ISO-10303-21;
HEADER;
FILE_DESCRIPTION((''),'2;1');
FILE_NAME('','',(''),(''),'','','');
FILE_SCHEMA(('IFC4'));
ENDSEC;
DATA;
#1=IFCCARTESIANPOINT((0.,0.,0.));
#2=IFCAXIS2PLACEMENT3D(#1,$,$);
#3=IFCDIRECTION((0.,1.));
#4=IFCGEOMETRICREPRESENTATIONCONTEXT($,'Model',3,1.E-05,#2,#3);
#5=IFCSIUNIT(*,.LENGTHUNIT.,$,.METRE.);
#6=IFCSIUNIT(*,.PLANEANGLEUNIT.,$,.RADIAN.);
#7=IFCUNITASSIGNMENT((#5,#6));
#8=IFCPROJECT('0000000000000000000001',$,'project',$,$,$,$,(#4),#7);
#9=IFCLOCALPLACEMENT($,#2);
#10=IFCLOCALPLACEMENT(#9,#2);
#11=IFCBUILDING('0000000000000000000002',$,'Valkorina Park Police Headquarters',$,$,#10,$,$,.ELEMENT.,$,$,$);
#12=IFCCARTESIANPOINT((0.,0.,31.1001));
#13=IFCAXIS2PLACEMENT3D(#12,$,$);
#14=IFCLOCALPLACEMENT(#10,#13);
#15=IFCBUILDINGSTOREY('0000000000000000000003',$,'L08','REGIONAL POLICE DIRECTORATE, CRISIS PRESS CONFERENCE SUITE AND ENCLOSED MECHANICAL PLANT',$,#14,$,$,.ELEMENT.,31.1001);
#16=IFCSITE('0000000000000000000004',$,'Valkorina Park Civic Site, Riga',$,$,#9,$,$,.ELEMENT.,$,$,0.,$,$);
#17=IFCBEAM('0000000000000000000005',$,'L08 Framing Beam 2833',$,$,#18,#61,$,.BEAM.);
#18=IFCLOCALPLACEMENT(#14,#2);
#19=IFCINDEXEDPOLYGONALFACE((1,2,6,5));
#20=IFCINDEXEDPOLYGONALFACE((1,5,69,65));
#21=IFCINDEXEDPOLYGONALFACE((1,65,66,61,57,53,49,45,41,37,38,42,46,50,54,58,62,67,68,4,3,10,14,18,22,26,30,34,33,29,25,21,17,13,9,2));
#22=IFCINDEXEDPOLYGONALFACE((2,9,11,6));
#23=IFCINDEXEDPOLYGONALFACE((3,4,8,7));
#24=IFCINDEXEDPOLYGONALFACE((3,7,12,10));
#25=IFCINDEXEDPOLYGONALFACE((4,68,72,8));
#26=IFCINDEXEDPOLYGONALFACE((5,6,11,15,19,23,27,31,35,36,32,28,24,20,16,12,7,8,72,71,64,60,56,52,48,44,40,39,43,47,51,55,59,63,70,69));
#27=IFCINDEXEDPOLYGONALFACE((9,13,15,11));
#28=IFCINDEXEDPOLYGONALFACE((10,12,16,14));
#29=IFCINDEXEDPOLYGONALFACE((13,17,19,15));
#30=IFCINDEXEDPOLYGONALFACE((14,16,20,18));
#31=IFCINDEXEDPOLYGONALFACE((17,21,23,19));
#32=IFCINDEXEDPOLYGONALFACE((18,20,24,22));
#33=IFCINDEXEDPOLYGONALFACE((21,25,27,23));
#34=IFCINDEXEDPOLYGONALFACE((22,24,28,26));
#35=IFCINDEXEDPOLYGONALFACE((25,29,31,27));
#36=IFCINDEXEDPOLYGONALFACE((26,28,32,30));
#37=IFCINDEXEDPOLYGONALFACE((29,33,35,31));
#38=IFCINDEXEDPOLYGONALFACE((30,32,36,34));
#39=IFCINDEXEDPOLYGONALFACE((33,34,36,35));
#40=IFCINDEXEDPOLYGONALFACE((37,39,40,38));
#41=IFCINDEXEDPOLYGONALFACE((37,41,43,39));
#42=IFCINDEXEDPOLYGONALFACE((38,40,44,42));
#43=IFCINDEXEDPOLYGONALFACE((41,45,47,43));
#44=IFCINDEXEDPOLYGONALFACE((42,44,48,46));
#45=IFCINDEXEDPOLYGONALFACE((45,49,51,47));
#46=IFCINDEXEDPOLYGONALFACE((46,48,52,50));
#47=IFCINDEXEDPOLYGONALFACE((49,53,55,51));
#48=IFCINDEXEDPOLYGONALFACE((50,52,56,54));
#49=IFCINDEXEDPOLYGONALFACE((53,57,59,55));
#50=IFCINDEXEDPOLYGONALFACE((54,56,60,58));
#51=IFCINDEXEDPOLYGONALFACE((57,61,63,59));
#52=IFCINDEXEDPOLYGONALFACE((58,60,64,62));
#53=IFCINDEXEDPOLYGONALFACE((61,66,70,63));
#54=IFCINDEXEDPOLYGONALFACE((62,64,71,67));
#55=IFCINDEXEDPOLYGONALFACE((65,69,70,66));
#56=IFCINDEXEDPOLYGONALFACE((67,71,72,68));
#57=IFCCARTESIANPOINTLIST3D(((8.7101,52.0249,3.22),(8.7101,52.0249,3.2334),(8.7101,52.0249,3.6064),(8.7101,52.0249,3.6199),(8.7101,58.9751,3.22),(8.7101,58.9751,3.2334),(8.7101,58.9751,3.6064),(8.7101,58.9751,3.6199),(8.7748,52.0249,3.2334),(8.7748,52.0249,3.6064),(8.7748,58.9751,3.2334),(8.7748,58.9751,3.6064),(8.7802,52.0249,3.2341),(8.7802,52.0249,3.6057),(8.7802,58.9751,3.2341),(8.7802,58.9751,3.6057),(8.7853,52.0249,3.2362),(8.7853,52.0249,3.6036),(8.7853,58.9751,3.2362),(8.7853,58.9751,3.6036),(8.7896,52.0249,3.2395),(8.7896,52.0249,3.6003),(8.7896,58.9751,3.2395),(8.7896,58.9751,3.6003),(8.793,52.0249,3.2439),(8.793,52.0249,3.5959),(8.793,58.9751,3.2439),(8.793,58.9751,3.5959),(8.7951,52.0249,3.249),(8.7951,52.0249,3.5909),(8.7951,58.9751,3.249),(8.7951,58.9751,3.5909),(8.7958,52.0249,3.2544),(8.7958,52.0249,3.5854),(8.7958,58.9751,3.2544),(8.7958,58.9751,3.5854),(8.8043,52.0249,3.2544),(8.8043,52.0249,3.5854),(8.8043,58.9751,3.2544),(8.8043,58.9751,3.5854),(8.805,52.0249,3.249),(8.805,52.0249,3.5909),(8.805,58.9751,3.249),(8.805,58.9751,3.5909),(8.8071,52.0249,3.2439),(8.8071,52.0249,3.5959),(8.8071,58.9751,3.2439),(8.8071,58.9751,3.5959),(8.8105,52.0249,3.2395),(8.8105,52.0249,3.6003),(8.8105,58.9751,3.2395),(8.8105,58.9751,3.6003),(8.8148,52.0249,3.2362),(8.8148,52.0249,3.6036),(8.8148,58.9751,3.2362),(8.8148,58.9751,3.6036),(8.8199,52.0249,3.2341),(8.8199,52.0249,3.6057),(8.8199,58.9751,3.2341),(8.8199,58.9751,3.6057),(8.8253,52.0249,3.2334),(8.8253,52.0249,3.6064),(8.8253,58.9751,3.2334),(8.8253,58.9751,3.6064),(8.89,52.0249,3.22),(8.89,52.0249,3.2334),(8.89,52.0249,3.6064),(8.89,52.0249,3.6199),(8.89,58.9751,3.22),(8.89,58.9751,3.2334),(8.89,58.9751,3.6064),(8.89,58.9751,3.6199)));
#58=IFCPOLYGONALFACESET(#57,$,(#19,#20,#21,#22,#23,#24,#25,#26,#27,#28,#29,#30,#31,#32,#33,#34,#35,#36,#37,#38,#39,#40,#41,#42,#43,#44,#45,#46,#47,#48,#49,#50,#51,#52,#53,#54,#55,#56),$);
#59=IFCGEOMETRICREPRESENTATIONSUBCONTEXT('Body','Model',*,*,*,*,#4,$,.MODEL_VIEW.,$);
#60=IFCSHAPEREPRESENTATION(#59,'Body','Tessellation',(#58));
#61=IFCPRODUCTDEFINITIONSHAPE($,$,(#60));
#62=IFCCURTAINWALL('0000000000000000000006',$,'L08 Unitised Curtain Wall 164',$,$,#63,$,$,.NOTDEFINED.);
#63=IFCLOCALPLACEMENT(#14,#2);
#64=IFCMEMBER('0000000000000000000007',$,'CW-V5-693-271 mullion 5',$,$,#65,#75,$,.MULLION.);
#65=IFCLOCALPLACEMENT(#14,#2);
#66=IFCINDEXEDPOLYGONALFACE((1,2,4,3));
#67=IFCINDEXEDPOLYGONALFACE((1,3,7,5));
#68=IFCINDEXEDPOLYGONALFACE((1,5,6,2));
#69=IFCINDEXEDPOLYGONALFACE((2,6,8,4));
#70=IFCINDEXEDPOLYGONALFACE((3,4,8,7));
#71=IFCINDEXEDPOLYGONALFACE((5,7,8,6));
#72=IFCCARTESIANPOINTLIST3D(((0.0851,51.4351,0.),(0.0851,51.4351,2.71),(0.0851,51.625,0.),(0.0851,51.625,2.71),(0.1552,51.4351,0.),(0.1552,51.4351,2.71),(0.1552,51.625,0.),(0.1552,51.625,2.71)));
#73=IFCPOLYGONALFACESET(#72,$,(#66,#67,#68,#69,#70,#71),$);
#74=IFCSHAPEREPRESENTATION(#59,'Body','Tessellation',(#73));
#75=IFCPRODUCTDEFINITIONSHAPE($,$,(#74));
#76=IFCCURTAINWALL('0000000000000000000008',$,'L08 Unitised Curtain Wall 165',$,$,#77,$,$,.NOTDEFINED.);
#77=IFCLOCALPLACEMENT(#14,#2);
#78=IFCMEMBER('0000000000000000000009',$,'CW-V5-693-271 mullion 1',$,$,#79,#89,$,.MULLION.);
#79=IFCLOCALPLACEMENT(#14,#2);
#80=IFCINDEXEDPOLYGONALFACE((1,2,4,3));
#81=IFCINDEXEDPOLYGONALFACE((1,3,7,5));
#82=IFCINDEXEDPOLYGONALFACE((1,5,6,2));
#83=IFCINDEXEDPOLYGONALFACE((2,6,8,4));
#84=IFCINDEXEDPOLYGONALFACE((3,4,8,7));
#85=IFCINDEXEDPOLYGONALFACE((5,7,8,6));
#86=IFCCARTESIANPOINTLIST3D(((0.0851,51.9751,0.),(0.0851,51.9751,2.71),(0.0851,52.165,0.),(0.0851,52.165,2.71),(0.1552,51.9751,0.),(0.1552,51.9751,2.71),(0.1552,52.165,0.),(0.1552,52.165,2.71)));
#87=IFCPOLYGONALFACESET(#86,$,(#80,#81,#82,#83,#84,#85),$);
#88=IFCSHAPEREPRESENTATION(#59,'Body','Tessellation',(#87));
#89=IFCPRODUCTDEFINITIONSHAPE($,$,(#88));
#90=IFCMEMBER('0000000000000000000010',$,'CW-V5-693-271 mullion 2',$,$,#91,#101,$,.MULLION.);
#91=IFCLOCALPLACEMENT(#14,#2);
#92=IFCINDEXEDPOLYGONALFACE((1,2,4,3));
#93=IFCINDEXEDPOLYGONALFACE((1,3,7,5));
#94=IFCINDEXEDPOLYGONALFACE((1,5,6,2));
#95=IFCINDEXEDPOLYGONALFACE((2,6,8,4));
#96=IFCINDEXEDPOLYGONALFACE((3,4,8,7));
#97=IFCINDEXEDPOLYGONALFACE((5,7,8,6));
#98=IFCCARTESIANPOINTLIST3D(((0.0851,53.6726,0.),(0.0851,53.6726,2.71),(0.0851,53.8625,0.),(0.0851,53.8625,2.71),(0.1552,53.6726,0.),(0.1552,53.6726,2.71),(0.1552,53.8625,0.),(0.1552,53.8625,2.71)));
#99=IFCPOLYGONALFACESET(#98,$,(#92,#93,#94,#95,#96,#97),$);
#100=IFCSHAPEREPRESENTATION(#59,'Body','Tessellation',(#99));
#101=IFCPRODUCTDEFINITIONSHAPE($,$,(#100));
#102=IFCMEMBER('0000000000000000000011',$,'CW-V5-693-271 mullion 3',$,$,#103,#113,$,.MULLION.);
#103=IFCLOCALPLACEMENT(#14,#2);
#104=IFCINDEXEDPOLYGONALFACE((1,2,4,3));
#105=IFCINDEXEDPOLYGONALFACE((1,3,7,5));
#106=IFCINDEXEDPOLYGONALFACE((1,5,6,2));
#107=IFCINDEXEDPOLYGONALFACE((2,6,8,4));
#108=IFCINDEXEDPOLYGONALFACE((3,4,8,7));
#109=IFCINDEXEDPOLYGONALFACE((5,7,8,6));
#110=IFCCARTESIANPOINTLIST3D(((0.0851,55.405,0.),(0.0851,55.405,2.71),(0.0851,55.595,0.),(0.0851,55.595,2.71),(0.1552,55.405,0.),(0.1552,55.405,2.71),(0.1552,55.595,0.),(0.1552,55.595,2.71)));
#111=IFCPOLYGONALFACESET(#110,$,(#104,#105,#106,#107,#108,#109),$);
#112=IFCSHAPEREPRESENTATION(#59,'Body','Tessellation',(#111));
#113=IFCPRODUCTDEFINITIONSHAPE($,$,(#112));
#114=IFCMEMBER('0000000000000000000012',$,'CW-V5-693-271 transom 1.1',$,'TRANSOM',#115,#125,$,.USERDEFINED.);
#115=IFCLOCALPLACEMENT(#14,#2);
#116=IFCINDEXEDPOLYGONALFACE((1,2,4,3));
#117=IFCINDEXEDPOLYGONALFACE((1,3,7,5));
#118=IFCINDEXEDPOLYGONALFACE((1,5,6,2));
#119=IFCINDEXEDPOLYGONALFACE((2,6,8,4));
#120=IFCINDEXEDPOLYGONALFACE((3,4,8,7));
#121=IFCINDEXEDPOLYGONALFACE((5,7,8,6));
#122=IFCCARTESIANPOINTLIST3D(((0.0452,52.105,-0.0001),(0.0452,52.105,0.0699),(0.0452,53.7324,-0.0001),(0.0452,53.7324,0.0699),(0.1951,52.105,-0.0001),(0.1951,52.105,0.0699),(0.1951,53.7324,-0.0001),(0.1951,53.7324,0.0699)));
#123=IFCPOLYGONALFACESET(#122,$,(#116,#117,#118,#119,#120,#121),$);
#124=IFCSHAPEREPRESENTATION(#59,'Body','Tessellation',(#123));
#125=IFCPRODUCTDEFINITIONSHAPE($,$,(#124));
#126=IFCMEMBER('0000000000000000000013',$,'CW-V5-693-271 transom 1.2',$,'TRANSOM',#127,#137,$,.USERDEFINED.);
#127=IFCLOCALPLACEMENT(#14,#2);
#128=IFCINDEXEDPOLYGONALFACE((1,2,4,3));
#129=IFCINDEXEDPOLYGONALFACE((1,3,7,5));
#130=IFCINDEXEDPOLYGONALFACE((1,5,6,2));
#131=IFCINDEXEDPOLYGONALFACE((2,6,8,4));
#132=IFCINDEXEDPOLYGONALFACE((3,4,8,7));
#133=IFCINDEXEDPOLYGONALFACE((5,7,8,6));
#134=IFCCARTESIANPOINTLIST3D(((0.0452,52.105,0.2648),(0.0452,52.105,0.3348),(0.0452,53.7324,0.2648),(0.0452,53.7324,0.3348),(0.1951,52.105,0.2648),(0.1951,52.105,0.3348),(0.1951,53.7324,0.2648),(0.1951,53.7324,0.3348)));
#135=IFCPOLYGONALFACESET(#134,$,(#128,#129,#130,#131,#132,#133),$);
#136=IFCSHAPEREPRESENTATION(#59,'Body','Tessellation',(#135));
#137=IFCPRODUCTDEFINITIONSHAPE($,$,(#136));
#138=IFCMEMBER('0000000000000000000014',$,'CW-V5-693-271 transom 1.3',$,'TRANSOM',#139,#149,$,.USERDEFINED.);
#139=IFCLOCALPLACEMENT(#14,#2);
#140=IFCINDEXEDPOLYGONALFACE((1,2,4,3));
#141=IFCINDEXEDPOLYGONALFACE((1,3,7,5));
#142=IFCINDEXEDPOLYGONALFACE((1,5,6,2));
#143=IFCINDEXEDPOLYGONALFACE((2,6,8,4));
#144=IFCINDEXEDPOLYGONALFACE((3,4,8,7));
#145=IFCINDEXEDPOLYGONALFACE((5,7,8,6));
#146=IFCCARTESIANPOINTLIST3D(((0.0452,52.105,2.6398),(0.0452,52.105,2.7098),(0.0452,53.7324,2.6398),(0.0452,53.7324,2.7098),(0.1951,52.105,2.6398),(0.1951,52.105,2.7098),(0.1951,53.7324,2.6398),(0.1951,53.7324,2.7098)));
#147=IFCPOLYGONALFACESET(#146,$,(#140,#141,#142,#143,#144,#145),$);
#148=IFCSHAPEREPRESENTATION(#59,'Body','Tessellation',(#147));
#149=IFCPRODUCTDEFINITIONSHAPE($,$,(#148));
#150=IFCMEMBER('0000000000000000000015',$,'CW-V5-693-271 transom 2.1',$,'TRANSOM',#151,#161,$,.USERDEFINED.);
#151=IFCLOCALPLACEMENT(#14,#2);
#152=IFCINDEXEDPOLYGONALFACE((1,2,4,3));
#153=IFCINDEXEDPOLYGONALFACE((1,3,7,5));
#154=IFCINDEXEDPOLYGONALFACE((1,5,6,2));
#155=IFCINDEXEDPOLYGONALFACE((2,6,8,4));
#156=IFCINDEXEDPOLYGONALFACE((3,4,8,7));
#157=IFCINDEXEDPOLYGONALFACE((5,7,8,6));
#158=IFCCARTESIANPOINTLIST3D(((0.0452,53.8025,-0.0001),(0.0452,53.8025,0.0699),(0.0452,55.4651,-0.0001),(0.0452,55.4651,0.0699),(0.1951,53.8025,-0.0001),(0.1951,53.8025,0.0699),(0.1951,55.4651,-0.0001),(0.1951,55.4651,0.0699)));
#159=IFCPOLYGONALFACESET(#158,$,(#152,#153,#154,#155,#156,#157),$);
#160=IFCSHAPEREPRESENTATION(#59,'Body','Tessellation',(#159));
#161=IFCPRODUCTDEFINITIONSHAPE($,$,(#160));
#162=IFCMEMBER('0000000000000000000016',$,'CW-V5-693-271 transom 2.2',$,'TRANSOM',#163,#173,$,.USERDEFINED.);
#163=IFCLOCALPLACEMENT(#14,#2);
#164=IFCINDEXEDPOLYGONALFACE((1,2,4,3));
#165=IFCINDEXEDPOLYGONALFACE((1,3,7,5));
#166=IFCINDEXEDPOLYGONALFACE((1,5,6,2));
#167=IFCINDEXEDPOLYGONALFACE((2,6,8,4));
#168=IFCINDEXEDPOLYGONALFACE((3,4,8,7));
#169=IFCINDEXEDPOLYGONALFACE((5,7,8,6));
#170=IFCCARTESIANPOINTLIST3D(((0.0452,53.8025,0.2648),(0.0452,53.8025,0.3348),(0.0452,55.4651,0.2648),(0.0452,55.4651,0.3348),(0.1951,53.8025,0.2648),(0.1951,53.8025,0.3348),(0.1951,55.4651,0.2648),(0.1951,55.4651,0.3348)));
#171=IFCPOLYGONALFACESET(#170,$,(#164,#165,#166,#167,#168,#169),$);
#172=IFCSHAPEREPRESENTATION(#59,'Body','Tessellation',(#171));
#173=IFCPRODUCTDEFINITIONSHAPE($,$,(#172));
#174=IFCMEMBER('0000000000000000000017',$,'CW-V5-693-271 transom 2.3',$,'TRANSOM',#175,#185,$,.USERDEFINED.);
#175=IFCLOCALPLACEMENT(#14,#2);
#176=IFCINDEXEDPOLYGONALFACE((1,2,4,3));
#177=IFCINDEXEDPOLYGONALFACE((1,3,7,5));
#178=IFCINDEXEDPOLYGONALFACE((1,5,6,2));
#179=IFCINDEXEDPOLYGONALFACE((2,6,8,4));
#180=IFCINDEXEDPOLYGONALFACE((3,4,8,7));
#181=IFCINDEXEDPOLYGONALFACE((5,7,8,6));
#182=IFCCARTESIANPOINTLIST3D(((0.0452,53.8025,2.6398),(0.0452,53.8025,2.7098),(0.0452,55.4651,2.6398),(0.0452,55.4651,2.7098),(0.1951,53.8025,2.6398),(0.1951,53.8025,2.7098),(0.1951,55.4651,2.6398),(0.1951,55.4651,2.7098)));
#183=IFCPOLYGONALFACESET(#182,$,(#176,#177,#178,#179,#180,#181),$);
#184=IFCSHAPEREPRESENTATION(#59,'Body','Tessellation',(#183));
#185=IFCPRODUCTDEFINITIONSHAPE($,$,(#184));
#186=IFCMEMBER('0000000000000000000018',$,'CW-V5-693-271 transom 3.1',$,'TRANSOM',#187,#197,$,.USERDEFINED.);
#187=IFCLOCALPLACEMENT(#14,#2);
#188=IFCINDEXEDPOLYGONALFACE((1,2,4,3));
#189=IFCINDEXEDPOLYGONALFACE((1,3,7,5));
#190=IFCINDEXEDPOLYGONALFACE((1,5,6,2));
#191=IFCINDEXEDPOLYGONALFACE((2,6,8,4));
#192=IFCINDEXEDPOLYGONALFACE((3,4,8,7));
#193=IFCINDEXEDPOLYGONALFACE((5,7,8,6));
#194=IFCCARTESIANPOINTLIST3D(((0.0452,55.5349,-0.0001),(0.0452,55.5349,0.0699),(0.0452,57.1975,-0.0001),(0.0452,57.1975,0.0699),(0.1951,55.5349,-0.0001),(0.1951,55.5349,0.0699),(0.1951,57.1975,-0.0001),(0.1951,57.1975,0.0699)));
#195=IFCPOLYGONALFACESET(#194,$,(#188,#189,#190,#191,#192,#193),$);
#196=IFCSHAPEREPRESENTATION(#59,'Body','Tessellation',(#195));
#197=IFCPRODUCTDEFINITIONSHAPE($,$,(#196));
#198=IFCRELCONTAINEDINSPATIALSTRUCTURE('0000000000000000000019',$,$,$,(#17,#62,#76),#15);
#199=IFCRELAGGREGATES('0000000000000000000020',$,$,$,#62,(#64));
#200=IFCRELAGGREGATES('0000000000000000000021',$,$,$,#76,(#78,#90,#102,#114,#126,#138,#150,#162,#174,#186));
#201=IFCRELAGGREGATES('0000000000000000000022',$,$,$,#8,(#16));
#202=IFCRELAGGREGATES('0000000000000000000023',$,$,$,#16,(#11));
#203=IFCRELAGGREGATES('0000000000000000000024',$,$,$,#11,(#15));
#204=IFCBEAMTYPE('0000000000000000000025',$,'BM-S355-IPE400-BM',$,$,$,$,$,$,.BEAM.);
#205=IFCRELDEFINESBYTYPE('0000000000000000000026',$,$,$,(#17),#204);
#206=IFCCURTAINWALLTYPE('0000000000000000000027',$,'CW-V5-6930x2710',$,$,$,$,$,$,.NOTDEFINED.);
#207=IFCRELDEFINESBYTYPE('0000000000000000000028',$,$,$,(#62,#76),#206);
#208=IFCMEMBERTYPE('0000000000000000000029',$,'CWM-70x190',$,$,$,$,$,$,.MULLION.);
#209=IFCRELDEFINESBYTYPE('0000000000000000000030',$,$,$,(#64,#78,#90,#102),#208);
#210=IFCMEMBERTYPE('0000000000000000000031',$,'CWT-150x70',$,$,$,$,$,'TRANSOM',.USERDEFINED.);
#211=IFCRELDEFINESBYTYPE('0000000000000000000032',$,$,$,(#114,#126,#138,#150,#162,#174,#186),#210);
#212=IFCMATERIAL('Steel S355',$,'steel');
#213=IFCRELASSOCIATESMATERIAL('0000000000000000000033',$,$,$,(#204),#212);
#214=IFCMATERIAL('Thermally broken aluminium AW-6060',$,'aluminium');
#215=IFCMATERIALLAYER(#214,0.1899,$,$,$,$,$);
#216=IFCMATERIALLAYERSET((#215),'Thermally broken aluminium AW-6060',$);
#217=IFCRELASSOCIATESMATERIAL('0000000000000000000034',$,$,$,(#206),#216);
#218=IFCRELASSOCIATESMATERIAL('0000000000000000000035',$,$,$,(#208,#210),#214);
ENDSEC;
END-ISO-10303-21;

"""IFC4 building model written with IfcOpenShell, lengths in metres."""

from ifc_helpers import new_model, si_unit, direction, frame, origin, origin_2d, place, context, subcontext, project, spatial, rectangle, i_section, extrude, material, layer, layer_set, material_profile, profile_set, type_object, element, aggregate, save


model = new_model("IFC4")

# Units and contexts
model_context = context("Model", 3, precision=1e-05, world=origin(), true_north=direction((0.0, 1.0)))
body_context = subcontext(model_context, "Body", "Model", "MODEL_VIEW")
ifc_project = project(units=[si_unit("LENGTHUNIT", "METRE"), si_unit("PLANEANGLEUNIT", "RADIAN")], contexts=[model_context])

# Site, building, storey
site_placement = place(None, origin())
site = spatial("IfcSite", under=ifc_project, at=site_placement, Name="Valkorina Park Civic Site, Riga", CompositionType="ELEMENT", RefElevation=0.0)
building_placement = place(site_placement, origin())
building = spatial("IfcBuilding", under=site, at=building_placement, Name="Valkorina Park Police Headquarters", CompositionType="ELEMENT")
storey_placement = place(building_placement, frame((0.0, 0.0, 31.1001)))
storey = spatial("IfcBuildingStorey", under=building, at=storey_placement, Name="L08", Description="REGIONAL POLICE DIRECTORATE, CRISIS PRESS CONFERENCE SUITE AND ENCLOSED MECHANICAL PLANT", CompositionType="ELEMENT", Elevation=31.1001)

# Shared definitions
ifc_material_1 = material(Name="Steel S355", Category="steel")

# Beam
ifc_material_profile_1 = material_profile(ifc_material_1, i_section(OverallWidth=0.1799, OverallDepth=0.3999, WebThickness=0.0085, FlangeThickness=0.0134, FilletRadius=0.021, at=origin_2d()), Name="IPE 400")
ifc_profile_set_1 = profile_set([ifc_material_profile_1], Name="Steel S355")
beam_type_1 = type_object("IfcBeamType", Name="BM-S355-IPE400-BM", PredefinedType="BEAM", material=ifc_profile_set_1)
beam_1_placement = place(storey_placement, frame((8.8, 52.0249, 3.4199), z_axis=(0.0, 1.0, 0.0), x_axis=(-1.0, 0.0, 0.0)))
element("IfcBeam", 1, at=beam_1_placement, inside=storey, type_object=beam_type_1, Name="L08 Framing Beam 2833", PredefinedType="BEAM", context=body_context, shape_type="SweptSolid", body=[
    extrude(i_section(OverallWidth=0.1799, OverallDepth=0.3999, WebThickness=0.0085, FlangeThickness=0.0134, FilletRadius=0.021, at=origin_2d()), origin(), (0.0, 0.0, 1.0), 6.9502),
])

# Curtain wall, member
ifc_material_2 = material(Name="Thermally broken aluminium AW-6060", Category="aluminium")
ifc_layer_1 = layer(ifc_material_2, 0.1899)
ifc_layer_set_1 = layer_set([ifc_layer_1], Name="Thermally broken aluminium AW-6060")
curtain_wall_type = type_object("IfcCurtainWallType", Name="CW-V5-6930x2710", PredefinedType="NOTDEFINED", material=ifc_layer_set_1)
curtain_wall_1_placement = place(storey_placement, origin())
curtain_wall_1 = element("IfcCurtainWall", 2, at=curtain_wall_1_placement, inside=storey, type_object=curtain_wall_type, Name="L08 Unitised Curtain Wall 164", PredefinedType="NOTDEFINED")
ifc_material_profile_2 = material_profile(ifc_material_2, rectangle(XDim=0.0701, YDim=0.1899, at=origin_2d()), Name="CWM-02 70x190")
ifc_profile_set_2 = profile_set([ifc_material_profile_2], Name="Thermally broken aluminium AW-6060")
member_type_1 = type_object("IfcMemberType", Name="CWM-70x190", PredefinedType="MULLION", material=ifc_profile_set_2)
member_1_placement = place(storey_placement, frame((0.1201, 51.53, 0.0), z_axis=(0.0, 0.0, 1.0), x_axis=(-1.0, 0.0, 0.0)))
member_1 = element("IfcMember", 3, at=member_1_placement, type_object=member_type_1, Name="CW-V5-693-271 mullion 5", PredefinedType="MULLION", context=body_context, shape_type="SweptSolid", body=[
    extrude(rectangle(XDim=0.0701, YDim=0.1899, at=origin_2d()), origin(), (0.0, 0.0, 1.0), 2.71),
])
aggregate(curtain_wall_1, [member_1])

# Curtain wall, members
curtain_wall_2_placement = place(storey_placement, origin())
curtain_wall_2 = element("IfcCurtainWall", 4, at=curtain_wall_2_placement, inside=storey, type_object=curtain_wall_type, Name="L08 Unitised Curtain Wall 165", PredefinedType="NOTDEFINED")
member_2_placement = place(storey_placement, frame((0.1201, 52.0701, 0.0), z_axis=(0.0, 0.0, 1.0), x_axis=(-1.0, 0.0, 0.0)))
member_2 = element("IfcMember", 5, at=member_2_placement, type_object=member_type_1, Name="CW-V5-693-271 mullion 1", PredefinedType="MULLION", context=body_context, shape_type="SweptSolid", body=[
    extrude(rectangle(XDim=0.0701, YDim=0.1899, at=origin_2d()), origin(), (0.0, 0.0, 1.0), 2.71),
])
member_3_placement = place(storey_placement, frame((0.1201, 53.7676, 0.0), z_axis=(0.0, 0.0, 1.0), x_axis=(-1.0, 0.0, 0.0)))
member_3 = element("IfcMember", 6, at=member_3_placement, type_object=member_type_1, Name="CW-V5-693-271 mullion 2", PredefinedType="MULLION", context=body_context, shape_type="SweptSolid", body=[
    extrude(rectangle(XDim=0.0701, YDim=0.1899, at=origin_2d()), origin(), (0.0, 0.0, 1.0), 2.71),
])
member_4_placement = place(storey_placement, frame((0.1201, 55.5, 0.0), z_axis=(0.0, 0.0, 1.0), x_axis=(-1.0, 0.0, 0.0)))
member_4 = element("IfcMember", 7, at=member_4_placement, type_object=member_type_1, Name="CW-V5-693-271 mullion 3", PredefinedType="MULLION", context=body_context, shape_type="SweptSolid", body=[
    extrude(rectangle(XDim=0.0701, YDim=0.1899, at=origin_2d()), origin(), (0.0, 0.0, 1.0), 2.71),
])
ifc_material_profile_3 = material_profile(ifc_material_2, rectangle(XDim=0.1499, YDim=0.0701, at=origin_2d()), Name="CWT-02 150x70")
ifc_profile_set_3 = profile_set([ifc_material_profile_3], Name="Thermally broken aluminium AW-6060")
member_type_2 = type_object("IfcMemberType", Name="CWT-150x70", ElementType="TRANSOM", PredefinedType="USERDEFINED", material=ifc_profile_set_3)
member_5_placement = place(storey_placement, frame((0.1201, 52.105, 0.0349), z_axis=(0.0, 1.0, 0.0), x_axis=(-1.0, 0.0, 0.0)))
member_5 = element("IfcMember", 8, at=member_5_placement, type_object=member_type_2, Name="CW-V5-693-271 transom 1.1", ObjectType="TRANSOM", PredefinedType="USERDEFINED", context=body_context, shape_type="SweptSolid", body=[
    extrude(rectangle(XDim=0.1499, YDim=0.0701, at=origin_2d()), origin(), (0.0, 0.0, 1.0), 1.6274),
])
member_6_placement = place(storey_placement, frame((0.1201, 52.105, 0.2998), z_axis=(0.0, 1.0, 0.0), x_axis=(-1.0, 0.0, 0.0)))
member_6 = element("IfcMember", 9, at=member_6_placement, type_object=member_type_2, Name="CW-V5-693-271 transom 1.2", ObjectType="TRANSOM", PredefinedType="USERDEFINED", context=body_context, shape_type="SweptSolid", body=[
    extrude(rectangle(XDim=0.1499, YDim=0.0701, at=origin_2d()), origin(), (0.0, 0.0, 1.0), 1.6274),
])
member_7_placement = place(storey_placement, frame((0.1201, 52.105, 2.6748), z_axis=(0.0, 1.0, 0.0), x_axis=(-1.0, 0.0, 0.0)))
member_7 = element("IfcMember", 10, at=member_7_placement, type_object=member_type_2, Name="CW-V5-693-271 transom 1.3", ObjectType="TRANSOM", PredefinedType="USERDEFINED", context=body_context, shape_type="SweptSolid", body=[
    extrude(rectangle(XDim=0.1499, YDim=0.0701, at=origin_2d()), origin(), (0.0, 0.0, 1.0), 1.6274),
])
member_8_placement = place(storey_placement, frame((0.1201, 53.8025, 0.0349), z_axis=(0.0, 1.0, 0.0), x_axis=(-1.0, 0.0, 0.0)))
member_8 = element("IfcMember", 11, at=member_8_placement, type_object=member_type_2, Name="CW-V5-693-271 transom 2.1", ObjectType="TRANSOM", PredefinedType="USERDEFINED", context=body_context, shape_type="SweptSolid", body=[
    extrude(rectangle(XDim=0.1499, YDim=0.0701, at=origin_2d()), origin(), (0.0, 0.0, 1.0), 1.6626),
])
member_9_placement = place(storey_placement, frame((0.1201, 53.8025, 0.2998), z_axis=(0.0, 1.0, 0.0), x_axis=(-1.0, 0.0, 0.0)))
member_9 = element("IfcMember", 12, at=member_9_placement, type_object=member_type_2, Name="CW-V5-693-271 transom 2.2", ObjectType="TRANSOM", PredefinedType="USERDEFINED", context=body_context, shape_type="SweptSolid", body=[
    extrude(rectangle(XDim=0.1499, YDim=0.0701, at=origin_2d()), origin(), (0.0, 0.0, 1.0), 1.6626),
])
member_10_placement = place(storey_placement, frame((0.1201, 53.8025, 2.6748), z_axis=(0.0, 1.0, 0.0), x_axis=(-1.0, 0.0, 0.0)))
member_10 = element("IfcMember", 13, at=member_10_placement, type_object=member_type_2, Name="CW-V5-693-271 transom 2.3", ObjectType="TRANSOM", PredefinedType="USERDEFINED", context=body_context, shape_type="SweptSolid", body=[
    extrude(rectangle(XDim=0.1499, YDim=0.0701, at=origin_2d()), origin(), (0.0, 0.0, 1.0), 1.6626),
])
member_11_placement = place(storey_placement, frame((0.1201, 55.5349, 0.0349), z_axis=(0.0, 1.0, 0.0), x_axis=(-1.0, 0.0, 0.0)))
member_11 = element("IfcMember", 14, at=member_11_placement, type_object=member_type_2, Name="CW-V5-693-271 transom 3.1", ObjectType="TRANSOM", PredefinedType="USERDEFINED", context=body_context, shape_type="SweptSolid", body=[
    extrude(rectangle(XDim=0.1499, YDim=0.0701, at=origin_2d()), origin(), (0.0, 0.0, 1.0), 1.6626),
])
aggregate(curtain_wall_2, [member_2, member_3, member_4, member_5, member_6, member_7, member_8, member_9, member_10, member_11])

save(model, "model.ifc")
